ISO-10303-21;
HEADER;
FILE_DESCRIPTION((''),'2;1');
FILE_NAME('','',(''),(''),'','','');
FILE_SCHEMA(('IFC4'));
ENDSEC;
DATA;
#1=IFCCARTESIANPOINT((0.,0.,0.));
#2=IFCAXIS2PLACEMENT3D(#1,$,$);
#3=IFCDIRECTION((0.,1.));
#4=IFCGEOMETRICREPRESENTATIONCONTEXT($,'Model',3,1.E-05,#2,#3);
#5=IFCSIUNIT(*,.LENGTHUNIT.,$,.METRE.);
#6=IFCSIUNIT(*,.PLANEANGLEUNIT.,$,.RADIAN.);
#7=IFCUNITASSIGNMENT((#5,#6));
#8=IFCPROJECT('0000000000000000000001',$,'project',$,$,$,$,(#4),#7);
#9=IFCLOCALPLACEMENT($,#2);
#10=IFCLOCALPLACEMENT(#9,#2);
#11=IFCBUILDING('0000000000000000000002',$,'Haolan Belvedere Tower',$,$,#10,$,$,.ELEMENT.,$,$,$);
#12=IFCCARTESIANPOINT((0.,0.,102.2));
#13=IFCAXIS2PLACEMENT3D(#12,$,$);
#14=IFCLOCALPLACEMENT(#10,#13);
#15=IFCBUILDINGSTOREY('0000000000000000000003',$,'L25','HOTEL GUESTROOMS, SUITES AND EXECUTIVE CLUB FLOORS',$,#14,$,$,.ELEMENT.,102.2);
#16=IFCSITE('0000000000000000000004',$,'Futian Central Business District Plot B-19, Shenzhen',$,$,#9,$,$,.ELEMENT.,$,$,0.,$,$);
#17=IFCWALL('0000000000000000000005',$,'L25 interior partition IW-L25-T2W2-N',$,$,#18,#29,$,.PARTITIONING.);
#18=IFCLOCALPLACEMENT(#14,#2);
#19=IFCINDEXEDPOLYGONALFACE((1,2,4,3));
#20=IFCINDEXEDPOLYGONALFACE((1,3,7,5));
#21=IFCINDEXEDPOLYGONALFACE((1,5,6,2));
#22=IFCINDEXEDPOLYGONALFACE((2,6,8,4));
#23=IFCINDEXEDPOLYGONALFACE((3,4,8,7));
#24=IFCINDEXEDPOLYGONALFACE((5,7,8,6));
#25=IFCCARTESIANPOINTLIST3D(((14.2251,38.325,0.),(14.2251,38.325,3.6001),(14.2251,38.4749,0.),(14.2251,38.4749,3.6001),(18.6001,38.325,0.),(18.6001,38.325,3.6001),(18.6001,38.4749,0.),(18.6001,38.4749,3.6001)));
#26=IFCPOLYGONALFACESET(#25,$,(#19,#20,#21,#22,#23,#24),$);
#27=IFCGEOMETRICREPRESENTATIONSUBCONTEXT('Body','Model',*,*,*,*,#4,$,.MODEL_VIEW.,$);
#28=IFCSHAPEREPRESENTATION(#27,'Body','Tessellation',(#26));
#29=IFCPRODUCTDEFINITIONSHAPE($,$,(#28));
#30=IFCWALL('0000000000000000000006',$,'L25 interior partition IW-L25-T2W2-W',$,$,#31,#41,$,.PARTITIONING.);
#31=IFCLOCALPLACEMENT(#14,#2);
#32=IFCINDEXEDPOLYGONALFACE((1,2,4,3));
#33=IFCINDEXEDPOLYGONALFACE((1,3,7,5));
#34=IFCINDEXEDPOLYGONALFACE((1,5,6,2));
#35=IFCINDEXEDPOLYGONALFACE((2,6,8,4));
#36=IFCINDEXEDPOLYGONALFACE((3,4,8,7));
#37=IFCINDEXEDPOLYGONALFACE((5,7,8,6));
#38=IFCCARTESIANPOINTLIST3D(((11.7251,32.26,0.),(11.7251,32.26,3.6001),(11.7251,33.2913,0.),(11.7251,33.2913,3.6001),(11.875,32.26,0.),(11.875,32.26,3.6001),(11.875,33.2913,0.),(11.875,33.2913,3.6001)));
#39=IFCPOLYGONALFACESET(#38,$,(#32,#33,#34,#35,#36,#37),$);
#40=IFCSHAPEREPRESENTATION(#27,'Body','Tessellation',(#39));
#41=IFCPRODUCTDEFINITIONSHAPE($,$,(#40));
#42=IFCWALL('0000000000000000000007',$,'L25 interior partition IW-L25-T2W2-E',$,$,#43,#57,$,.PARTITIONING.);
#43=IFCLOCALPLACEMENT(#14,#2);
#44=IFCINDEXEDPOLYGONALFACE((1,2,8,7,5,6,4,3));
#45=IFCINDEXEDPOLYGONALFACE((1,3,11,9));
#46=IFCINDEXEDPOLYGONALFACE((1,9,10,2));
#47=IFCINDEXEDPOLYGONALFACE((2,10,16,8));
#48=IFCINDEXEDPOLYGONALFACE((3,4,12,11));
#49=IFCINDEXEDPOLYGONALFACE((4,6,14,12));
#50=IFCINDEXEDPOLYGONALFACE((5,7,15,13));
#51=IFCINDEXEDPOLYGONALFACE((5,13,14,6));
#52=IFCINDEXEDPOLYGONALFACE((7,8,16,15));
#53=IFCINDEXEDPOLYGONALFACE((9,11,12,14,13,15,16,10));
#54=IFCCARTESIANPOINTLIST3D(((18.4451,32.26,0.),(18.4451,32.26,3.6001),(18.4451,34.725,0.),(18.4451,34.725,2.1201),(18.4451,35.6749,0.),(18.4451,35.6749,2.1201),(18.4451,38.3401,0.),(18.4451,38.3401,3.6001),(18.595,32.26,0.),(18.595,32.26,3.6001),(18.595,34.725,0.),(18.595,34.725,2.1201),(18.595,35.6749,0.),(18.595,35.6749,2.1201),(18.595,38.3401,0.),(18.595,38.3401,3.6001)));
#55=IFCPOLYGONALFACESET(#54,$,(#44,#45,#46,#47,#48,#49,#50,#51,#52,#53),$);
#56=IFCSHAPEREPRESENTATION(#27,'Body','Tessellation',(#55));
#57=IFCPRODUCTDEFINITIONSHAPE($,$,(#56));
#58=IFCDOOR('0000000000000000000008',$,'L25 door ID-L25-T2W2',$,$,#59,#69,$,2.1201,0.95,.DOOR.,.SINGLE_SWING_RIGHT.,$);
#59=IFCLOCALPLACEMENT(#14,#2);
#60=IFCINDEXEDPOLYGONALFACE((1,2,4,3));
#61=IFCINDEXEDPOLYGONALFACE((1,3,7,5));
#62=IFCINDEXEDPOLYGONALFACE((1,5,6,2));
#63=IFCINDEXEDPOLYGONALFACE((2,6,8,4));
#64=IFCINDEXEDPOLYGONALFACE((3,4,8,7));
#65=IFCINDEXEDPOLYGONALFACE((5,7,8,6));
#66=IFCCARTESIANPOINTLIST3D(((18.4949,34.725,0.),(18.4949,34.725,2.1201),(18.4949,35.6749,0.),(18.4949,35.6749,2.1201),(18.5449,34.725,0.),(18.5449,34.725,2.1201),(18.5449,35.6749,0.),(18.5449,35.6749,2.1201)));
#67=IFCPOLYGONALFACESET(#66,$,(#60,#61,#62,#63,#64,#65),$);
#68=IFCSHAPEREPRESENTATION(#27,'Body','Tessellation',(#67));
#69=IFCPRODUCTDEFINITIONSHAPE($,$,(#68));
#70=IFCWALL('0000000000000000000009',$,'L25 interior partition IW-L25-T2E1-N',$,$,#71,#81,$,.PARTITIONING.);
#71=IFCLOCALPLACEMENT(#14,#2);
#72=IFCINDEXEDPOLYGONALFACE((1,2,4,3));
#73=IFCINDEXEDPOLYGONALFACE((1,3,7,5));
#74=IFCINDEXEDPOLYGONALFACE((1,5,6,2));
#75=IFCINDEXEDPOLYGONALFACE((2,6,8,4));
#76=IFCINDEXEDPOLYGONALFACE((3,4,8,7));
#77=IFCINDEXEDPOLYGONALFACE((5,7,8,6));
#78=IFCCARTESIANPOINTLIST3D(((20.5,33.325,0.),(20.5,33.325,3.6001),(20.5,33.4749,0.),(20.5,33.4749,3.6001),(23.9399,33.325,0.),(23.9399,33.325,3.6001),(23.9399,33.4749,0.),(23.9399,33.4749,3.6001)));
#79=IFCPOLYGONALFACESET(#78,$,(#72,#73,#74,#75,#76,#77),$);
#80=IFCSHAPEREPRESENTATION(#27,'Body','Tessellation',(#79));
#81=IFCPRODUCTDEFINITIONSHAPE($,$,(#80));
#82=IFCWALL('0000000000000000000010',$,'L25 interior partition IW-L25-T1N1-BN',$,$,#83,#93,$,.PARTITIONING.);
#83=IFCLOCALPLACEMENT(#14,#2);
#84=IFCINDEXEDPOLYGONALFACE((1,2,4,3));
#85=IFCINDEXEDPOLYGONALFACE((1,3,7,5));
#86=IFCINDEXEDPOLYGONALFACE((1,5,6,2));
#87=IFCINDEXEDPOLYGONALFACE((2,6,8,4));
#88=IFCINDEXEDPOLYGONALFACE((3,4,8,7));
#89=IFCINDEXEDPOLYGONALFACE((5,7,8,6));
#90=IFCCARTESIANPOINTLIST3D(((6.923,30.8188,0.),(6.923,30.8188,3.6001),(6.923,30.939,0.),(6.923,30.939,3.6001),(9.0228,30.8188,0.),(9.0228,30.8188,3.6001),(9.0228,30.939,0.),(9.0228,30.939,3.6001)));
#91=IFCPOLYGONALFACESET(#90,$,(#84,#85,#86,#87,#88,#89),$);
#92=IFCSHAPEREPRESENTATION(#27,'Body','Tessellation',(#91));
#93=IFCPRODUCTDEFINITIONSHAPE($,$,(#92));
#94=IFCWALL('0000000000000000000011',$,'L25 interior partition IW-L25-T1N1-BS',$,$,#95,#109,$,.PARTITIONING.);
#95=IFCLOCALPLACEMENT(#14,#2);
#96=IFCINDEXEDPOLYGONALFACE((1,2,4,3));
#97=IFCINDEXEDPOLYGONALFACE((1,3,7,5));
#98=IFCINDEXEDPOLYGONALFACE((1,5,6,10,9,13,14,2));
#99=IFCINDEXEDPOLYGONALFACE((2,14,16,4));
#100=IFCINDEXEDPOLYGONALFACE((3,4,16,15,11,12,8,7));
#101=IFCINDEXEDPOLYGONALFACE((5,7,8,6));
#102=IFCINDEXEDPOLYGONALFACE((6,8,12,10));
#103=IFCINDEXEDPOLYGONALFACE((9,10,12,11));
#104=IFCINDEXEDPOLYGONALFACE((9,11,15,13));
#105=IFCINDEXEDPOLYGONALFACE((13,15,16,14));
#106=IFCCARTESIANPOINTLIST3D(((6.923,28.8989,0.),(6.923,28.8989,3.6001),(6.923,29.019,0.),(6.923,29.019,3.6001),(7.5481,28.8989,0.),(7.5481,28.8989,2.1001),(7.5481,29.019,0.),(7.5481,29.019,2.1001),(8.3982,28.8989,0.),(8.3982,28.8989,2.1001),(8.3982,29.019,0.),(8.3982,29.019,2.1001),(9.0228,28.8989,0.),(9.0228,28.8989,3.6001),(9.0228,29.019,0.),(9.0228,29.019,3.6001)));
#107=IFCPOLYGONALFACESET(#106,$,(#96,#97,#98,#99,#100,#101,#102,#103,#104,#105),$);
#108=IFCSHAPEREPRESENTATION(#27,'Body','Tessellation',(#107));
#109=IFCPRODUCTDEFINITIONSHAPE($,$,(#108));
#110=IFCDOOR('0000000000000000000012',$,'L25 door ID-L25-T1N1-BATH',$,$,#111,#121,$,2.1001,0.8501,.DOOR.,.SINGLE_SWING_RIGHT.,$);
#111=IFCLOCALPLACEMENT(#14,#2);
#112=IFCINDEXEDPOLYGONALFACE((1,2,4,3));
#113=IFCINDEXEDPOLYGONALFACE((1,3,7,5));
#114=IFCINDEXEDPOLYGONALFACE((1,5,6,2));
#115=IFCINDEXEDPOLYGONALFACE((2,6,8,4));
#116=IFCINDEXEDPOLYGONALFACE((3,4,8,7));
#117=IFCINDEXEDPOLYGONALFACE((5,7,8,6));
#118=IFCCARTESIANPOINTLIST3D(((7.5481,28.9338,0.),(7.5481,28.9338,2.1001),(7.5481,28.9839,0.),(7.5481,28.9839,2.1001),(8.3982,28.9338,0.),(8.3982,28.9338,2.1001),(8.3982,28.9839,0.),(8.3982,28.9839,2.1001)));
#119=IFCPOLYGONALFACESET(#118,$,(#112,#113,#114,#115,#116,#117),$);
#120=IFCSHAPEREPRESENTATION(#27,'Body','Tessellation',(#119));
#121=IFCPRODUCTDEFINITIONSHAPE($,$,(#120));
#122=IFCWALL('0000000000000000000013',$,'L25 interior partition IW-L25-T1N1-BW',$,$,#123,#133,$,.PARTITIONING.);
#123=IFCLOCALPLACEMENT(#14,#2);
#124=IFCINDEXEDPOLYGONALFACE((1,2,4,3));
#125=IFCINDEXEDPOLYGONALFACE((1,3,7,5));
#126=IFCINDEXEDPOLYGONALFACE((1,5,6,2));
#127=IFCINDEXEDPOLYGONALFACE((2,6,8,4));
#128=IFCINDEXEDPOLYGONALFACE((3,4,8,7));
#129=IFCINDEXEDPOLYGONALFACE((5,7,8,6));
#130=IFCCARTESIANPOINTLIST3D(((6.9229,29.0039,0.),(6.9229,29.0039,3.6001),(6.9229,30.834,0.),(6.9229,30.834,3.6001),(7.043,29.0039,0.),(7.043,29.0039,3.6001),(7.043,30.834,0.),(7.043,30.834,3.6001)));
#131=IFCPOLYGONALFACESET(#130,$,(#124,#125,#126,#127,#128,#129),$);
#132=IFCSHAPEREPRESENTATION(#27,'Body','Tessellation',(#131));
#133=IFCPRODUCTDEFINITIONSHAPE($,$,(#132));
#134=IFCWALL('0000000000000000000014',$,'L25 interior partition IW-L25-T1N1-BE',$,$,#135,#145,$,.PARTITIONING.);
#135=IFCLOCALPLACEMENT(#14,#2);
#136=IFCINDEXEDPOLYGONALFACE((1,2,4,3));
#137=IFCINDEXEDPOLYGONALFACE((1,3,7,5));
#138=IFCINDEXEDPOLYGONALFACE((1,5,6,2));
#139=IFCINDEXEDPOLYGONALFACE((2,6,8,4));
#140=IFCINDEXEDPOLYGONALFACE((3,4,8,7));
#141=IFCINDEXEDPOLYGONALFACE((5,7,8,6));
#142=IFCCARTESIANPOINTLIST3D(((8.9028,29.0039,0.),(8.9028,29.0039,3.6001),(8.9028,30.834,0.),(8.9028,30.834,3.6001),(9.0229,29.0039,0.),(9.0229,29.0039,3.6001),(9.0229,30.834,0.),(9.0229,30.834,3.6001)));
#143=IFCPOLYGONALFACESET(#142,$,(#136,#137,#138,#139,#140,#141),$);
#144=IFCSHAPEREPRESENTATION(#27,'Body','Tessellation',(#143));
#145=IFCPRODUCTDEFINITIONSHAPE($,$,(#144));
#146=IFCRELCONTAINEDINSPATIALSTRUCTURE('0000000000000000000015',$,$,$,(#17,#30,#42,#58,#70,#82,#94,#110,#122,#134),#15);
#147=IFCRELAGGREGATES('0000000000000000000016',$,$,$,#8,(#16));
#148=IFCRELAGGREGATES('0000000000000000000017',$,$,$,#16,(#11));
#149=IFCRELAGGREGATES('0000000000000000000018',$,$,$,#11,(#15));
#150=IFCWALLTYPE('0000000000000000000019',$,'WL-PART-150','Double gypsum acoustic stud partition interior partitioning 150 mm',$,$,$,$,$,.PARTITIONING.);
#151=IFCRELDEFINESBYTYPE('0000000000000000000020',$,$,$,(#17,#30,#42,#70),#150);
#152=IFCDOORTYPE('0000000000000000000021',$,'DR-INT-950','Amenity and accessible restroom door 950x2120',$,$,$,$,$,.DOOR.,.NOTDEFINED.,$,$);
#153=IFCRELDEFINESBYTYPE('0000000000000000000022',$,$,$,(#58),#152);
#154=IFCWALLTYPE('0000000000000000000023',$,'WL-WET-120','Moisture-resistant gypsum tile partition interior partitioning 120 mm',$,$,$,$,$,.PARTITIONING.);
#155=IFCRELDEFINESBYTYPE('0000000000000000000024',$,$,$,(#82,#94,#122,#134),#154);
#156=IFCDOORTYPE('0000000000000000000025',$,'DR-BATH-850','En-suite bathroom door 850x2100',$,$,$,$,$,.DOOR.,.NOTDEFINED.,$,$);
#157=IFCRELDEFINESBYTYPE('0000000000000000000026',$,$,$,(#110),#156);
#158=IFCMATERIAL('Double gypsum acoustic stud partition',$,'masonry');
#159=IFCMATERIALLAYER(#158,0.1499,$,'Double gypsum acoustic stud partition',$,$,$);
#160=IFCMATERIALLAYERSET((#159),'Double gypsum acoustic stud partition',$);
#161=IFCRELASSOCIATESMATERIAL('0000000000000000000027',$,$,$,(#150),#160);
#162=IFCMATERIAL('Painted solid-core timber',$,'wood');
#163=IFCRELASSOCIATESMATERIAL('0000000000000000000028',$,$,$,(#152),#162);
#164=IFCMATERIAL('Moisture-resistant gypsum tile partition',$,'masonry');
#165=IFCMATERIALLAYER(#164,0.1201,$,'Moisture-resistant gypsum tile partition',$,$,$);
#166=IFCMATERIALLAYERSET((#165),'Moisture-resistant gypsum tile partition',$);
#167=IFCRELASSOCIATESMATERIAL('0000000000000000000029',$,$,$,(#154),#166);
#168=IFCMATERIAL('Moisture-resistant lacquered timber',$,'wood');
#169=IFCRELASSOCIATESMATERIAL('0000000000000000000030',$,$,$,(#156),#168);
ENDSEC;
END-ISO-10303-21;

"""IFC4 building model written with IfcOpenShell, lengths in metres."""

from ifc_helpers import new_model, si_unit, direction, frame, frame_2d, origin, place, context, subcontext, project, spatial, rectangle, extrude, material, layer, layer_set, type_object, element, fill, save


model = new_model("IFC4")

# Units and contexts
model_context = context("Model", 3, precision=1e-05, world=origin(), true_north=direction((0.0, 1.0)))
body_context = subcontext(model_context, "Body", "Model", "MODEL_VIEW")
ifc_project = project(units=[si_unit("LENGTHUNIT", "METRE"), si_unit("PLANEANGLEUNIT", "RADIAN")], contexts=[model_context])

# Site, building, storey
site_placement = place(None, origin())
site = spatial("IfcSite", under=ifc_project, at=site_placement, Name="Futian Central Business District Plot B-19, Shenzhen", CompositionType="ELEMENT", RefElevation=0.0)
building_placement = place(site_placement, origin())
building = spatial("IfcBuilding", under=site, at=building_placement, Name="Haolan Belvedere Tower", CompositionType="ELEMENT")
storey_placement = place(building_placement, frame((0.0, 0.0, 102.2)))
storey = spatial("IfcBuildingStorey", under=building, at=storey_placement, Name="L25", Description="HOTEL GUESTROOMS, SUITES AND EXECUTIVE CLUB FLOORS", CompositionType="ELEMENT", Elevation=102.2)

# Walls
ifc_material_1 = material(Name="Double gypsum acoustic stud partition", Category="masonry")
ifc_layer_1 = layer(ifc_material_1, 0.1499, Name="Double gypsum acoustic stud partition")
ifc_layer_set_1 = layer_set([ifc_layer_1], Name="Double gypsum acoustic stud partition")
wall_type_1 = type_object("IfcWallType", Name="WL-PART-150", Description="Double gypsum acoustic stud partition interior partitioning 150 mm", PredefinedType="PARTITIONING", material=ifc_layer_set_1)
wall_1_placement = place(storey_placement, frame((14.2251, 38.3999, 0.0), z_axis=(0.0, 0.0, 1.0), x_axis=(1.0, 0.0, 0.0)))
element("IfcWall", 1, at=wall_1_placement, inside=storey, type_object=wall_type_1, Name="L25 interior partition IW-L25-T2W2-N", PredefinedType="PARTITIONING", context=body_context, shape_type="SweptSolid", body=[
    extrude(rectangle(XDim=4.375, YDim=0.1499, at=frame_2d((2.1875, 0.0))), origin(), (0.0, 0.0, 1.0), 3.6001),
])
wall_2_placement = place(storey_placement, frame((11.8, 32.26, 0.0), z_axis=(0.0, 0.0, 1.0), x_axis=(0.0, 1.0, 0.0)))
element("IfcWall", 2, at=wall_2_placement, inside=storey, type_object=wall_type_1, Name="L25 interior partition IW-L25-T2W2-W", PredefinedType="PARTITIONING", context=body_context, shape_type="SweptSolid", body=[
    extrude(rectangle(XDim=1.0312, YDim=0.1499, at=frame_2d((0.5156, 0.0))), origin(), (0.0, 0.0, 1.0), 3.6001),
])

# Wall, opening, door
wall_3_placement = place(storey_placement, frame((18.52, 32.26, 0.0), z_axis=(0.0, 0.0, 1.0), x_axis=(0.0, 1.0, 0.0)))
wall_3 = element("IfcWall", 3, at=wall_3_placement, inside=storey, type_object=wall_type_1, Name="L25 interior partition IW-L25-T2W2-E", PredefinedType="PARTITIONING", context=body_context, shape_type="SweptSolid", body=[
    extrude(rectangle(XDim=6.0801, YDim=0.1499, at=frame_2d((3.04, 0.0))), origin(), (0.0, 0.0, 1.0), 3.6001),
])
opening_1_placement = place(wall_3_placement, frame((3.415, 0.0, 0.0), z_axis=(0.0, 0.0, 1.0), x_axis=(-1.0, 0.0, 0.0)))
opening_1 = element("IfcOpeningElement", 4, at=opening_1_placement, cuts=wall_3, PredefinedType="OPENING", context=body_context, shape_type="SweptSolid", body=[
    extrude(rectangle(XDim=0.95, YDim=2.1201, at=frame_2d((0.4751, 1.0601))), frame((0.0, 0.085, 0.0), z_axis=(0.0, -1.0, 0.0), x_axis=(1.0, 0.0, 0.0)), (0.0, 0.0, 1.0), 0.1699),
])
ifc_material_2 = material(Name="Painted solid-core timber", Category="wood")
door_type_1 = type_object("IfcDoorType", Name="DR-INT-950", Description="Amenity and accessible restroom door 950x2120", OperationType="NOTDEFINED", PredefinedType="DOOR", material=ifc_material_2)
door_1_placement = place(opening_1_placement, origin())
door_1 = element("IfcDoor", 5, at=door_1_placement, inside=storey, type_object=door_type_1, Name="L25 door ID-L25-T2W2", OperationType="SINGLE_SWING_RIGHT", OverallHeight=2.1201, OverallWidth=0.95, PredefinedType="DOOR", context=body_context, shape_type="SweptSolid", body=[
    extrude(rectangle(XDim=0.95, YDim=2.1201, at=frame_2d((0.4751, 1.0601))), frame((0.0, 0.0249, 0.0), z_axis=(0.0, -1.0, 0.0), x_axis=(1.0, 0.0, 0.0)), (0.0, 0.0, 1.0), 0.05),
])
fill(opening_1, door_1)

# Walls
wall_4_placement = place(storey_placement, frame((20.5, 33.3999, 0.0), z_axis=(0.0, 0.0, 1.0), x_axis=(1.0, 0.0, 0.0)))
element("IfcWall", 6, at=wall_4_placement, inside=storey, type_object=wall_type_1, Name="L25 interior partition IW-L25-T2E1-N", PredefinedType="PARTITIONING", context=body_context, shape_type="SweptSolid", body=[
    extrude(rectangle(XDim=3.4399, YDim=0.1499, at=frame_2d((1.72, 0.0))), origin(), (0.0, 0.0, 1.0), 3.6001),
])
ifc_material_3 = material(Name="Moisture-resistant gypsum tile partition", Category="masonry")
ifc_layer_2 = layer(ifc_material_3, 0.1201, Name="Moisture-resistant gypsum tile partition")
ifc_layer_set_2 = layer_set([ifc_layer_2], Name="Moisture-resistant gypsum tile partition")
wall_type_2 = type_object("IfcWallType", Name="WL-WET-120", Description="Moisture-resistant gypsum tile partition interior partitioning 120 mm", PredefinedType="PARTITIONING", material=ifc_layer_set_2)
wall_5_placement = place(storey_placement, frame((6.9231, 30.8789, 0.0), z_axis=(0.0, 0.0, 1.0), x_axis=(1.0, 0.0, 0.0)))
element("IfcWall", 7, at=wall_5_placement, inside=storey, type_object=wall_type_2, Name="L25 interior partition IW-L25-T1N1-BN", PredefinedType="PARTITIONING", context=body_context, shape_type="SweptSolid", body=[
    extrude(rectangle(XDim=2.0999, YDim=0.1201, at=frame_2d((1.0498, 0.0))), origin(), (0.0, 0.0, 1.0), 3.6001),
])

# Wall, opening, door
wall_6_placement = place(storey_placement, frame((6.9231, 28.959, 0.0), z_axis=(0.0, 0.0, 1.0), x_axis=(1.0, 0.0, 0.0)))
wall_6 = element("IfcWall", 8, at=wall_6_placement, inside=storey, type_object=wall_type_2, Name="L25 interior partition IW-L25-T1N1-BS", PredefinedType="PARTITIONING", context=body_context, shape_type="SweptSolid", body=[
    extrude(rectangle(XDim=2.0999, YDim=0.1201, at=frame_2d((1.0498, 0.0))), origin(), (0.0, 0.0, 1.0), 3.6001),
])
opening_2_placement = place(wall_6_placement, frame((0.625, 0.0, 0.0)))
opening_2 = element("IfcOpeningElement", 9, at=opening_2_placement, cuts=wall_6, PredefinedType="OPENING", context=body_context, shape_type="SweptSolid", body=[
    extrude(rectangle(XDim=0.8501, YDim=2.1001, at=frame_2d((0.425, 1.05))), frame((0.0, 0.0701, 0.0), z_axis=(0.0, -1.0, 0.0), x_axis=(1.0, 0.0, 0.0)), (0.0, 0.0, 1.0), 0.1401),
])
ifc_material_4 = material(Name="Moisture-resistant lacquered timber", Category="wood")
door_type_2 = type_object("IfcDoorType", Name="DR-BATH-850", Description="En-suite bathroom door 850x2100", OperationType="NOTDEFINED", PredefinedType="DOOR", material=ifc_material_4)
door_2_placement = place(opening_2_placement, origin())
door_2 = element("IfcDoor", 10, at=door_2_placement, inside=storey, type_object=door_type_2, Name="L25 door ID-L25-T1N1-BATH", OperationType="SINGLE_SWING_RIGHT", OverallHeight=2.1001, OverallWidth=0.8501, PredefinedType="DOOR", context=body_context, shape_type="SweptSolid", body=[
    extrude(rectangle(XDim=0.8501, YDim=2.1001, at=frame_2d((0.425, 1.05))), frame((0.0, 0.0249, 0.0), z_axis=(0.0, -1.0, 0.0), x_axis=(1.0, 0.0, 0.0)), (0.0, 0.0, 1.0), 0.05),
])
fill(opening_2, door_2)

# Walls
for number, where, z_axis, x_axis, name in (
    (11, (6.9829, 29.0039, 0.0), (0.0, 0.0, 1.0), (0.0, 1.0, 0.0), "L25 interior partition IW-L25-T1N1-BW"),
    (12, (8.9629, 29.0039, 0.0), (0.0, 0.0, 1.0), (0.0, 1.0, 0.0), "L25 interior partition IW-L25-T1N1-BE"),
):
    element("IfcWall", number, at=place(storey_placement, frame(where, z_axis=z_axis, x_axis=x_axis)), inside=storey, type_object=wall_type_2, Name=name, PredefinedType="PARTITIONING", context=body_context, shape_type="SweptSolid", body=[
        extrude(rectangle(XDim=1.8301, YDim=0.1201, at=frame_2d((0.915, 0.0))), origin(), (0.0, 0.0, 1.0), 3.6001),
    ])

save(model, "model.ifc")
